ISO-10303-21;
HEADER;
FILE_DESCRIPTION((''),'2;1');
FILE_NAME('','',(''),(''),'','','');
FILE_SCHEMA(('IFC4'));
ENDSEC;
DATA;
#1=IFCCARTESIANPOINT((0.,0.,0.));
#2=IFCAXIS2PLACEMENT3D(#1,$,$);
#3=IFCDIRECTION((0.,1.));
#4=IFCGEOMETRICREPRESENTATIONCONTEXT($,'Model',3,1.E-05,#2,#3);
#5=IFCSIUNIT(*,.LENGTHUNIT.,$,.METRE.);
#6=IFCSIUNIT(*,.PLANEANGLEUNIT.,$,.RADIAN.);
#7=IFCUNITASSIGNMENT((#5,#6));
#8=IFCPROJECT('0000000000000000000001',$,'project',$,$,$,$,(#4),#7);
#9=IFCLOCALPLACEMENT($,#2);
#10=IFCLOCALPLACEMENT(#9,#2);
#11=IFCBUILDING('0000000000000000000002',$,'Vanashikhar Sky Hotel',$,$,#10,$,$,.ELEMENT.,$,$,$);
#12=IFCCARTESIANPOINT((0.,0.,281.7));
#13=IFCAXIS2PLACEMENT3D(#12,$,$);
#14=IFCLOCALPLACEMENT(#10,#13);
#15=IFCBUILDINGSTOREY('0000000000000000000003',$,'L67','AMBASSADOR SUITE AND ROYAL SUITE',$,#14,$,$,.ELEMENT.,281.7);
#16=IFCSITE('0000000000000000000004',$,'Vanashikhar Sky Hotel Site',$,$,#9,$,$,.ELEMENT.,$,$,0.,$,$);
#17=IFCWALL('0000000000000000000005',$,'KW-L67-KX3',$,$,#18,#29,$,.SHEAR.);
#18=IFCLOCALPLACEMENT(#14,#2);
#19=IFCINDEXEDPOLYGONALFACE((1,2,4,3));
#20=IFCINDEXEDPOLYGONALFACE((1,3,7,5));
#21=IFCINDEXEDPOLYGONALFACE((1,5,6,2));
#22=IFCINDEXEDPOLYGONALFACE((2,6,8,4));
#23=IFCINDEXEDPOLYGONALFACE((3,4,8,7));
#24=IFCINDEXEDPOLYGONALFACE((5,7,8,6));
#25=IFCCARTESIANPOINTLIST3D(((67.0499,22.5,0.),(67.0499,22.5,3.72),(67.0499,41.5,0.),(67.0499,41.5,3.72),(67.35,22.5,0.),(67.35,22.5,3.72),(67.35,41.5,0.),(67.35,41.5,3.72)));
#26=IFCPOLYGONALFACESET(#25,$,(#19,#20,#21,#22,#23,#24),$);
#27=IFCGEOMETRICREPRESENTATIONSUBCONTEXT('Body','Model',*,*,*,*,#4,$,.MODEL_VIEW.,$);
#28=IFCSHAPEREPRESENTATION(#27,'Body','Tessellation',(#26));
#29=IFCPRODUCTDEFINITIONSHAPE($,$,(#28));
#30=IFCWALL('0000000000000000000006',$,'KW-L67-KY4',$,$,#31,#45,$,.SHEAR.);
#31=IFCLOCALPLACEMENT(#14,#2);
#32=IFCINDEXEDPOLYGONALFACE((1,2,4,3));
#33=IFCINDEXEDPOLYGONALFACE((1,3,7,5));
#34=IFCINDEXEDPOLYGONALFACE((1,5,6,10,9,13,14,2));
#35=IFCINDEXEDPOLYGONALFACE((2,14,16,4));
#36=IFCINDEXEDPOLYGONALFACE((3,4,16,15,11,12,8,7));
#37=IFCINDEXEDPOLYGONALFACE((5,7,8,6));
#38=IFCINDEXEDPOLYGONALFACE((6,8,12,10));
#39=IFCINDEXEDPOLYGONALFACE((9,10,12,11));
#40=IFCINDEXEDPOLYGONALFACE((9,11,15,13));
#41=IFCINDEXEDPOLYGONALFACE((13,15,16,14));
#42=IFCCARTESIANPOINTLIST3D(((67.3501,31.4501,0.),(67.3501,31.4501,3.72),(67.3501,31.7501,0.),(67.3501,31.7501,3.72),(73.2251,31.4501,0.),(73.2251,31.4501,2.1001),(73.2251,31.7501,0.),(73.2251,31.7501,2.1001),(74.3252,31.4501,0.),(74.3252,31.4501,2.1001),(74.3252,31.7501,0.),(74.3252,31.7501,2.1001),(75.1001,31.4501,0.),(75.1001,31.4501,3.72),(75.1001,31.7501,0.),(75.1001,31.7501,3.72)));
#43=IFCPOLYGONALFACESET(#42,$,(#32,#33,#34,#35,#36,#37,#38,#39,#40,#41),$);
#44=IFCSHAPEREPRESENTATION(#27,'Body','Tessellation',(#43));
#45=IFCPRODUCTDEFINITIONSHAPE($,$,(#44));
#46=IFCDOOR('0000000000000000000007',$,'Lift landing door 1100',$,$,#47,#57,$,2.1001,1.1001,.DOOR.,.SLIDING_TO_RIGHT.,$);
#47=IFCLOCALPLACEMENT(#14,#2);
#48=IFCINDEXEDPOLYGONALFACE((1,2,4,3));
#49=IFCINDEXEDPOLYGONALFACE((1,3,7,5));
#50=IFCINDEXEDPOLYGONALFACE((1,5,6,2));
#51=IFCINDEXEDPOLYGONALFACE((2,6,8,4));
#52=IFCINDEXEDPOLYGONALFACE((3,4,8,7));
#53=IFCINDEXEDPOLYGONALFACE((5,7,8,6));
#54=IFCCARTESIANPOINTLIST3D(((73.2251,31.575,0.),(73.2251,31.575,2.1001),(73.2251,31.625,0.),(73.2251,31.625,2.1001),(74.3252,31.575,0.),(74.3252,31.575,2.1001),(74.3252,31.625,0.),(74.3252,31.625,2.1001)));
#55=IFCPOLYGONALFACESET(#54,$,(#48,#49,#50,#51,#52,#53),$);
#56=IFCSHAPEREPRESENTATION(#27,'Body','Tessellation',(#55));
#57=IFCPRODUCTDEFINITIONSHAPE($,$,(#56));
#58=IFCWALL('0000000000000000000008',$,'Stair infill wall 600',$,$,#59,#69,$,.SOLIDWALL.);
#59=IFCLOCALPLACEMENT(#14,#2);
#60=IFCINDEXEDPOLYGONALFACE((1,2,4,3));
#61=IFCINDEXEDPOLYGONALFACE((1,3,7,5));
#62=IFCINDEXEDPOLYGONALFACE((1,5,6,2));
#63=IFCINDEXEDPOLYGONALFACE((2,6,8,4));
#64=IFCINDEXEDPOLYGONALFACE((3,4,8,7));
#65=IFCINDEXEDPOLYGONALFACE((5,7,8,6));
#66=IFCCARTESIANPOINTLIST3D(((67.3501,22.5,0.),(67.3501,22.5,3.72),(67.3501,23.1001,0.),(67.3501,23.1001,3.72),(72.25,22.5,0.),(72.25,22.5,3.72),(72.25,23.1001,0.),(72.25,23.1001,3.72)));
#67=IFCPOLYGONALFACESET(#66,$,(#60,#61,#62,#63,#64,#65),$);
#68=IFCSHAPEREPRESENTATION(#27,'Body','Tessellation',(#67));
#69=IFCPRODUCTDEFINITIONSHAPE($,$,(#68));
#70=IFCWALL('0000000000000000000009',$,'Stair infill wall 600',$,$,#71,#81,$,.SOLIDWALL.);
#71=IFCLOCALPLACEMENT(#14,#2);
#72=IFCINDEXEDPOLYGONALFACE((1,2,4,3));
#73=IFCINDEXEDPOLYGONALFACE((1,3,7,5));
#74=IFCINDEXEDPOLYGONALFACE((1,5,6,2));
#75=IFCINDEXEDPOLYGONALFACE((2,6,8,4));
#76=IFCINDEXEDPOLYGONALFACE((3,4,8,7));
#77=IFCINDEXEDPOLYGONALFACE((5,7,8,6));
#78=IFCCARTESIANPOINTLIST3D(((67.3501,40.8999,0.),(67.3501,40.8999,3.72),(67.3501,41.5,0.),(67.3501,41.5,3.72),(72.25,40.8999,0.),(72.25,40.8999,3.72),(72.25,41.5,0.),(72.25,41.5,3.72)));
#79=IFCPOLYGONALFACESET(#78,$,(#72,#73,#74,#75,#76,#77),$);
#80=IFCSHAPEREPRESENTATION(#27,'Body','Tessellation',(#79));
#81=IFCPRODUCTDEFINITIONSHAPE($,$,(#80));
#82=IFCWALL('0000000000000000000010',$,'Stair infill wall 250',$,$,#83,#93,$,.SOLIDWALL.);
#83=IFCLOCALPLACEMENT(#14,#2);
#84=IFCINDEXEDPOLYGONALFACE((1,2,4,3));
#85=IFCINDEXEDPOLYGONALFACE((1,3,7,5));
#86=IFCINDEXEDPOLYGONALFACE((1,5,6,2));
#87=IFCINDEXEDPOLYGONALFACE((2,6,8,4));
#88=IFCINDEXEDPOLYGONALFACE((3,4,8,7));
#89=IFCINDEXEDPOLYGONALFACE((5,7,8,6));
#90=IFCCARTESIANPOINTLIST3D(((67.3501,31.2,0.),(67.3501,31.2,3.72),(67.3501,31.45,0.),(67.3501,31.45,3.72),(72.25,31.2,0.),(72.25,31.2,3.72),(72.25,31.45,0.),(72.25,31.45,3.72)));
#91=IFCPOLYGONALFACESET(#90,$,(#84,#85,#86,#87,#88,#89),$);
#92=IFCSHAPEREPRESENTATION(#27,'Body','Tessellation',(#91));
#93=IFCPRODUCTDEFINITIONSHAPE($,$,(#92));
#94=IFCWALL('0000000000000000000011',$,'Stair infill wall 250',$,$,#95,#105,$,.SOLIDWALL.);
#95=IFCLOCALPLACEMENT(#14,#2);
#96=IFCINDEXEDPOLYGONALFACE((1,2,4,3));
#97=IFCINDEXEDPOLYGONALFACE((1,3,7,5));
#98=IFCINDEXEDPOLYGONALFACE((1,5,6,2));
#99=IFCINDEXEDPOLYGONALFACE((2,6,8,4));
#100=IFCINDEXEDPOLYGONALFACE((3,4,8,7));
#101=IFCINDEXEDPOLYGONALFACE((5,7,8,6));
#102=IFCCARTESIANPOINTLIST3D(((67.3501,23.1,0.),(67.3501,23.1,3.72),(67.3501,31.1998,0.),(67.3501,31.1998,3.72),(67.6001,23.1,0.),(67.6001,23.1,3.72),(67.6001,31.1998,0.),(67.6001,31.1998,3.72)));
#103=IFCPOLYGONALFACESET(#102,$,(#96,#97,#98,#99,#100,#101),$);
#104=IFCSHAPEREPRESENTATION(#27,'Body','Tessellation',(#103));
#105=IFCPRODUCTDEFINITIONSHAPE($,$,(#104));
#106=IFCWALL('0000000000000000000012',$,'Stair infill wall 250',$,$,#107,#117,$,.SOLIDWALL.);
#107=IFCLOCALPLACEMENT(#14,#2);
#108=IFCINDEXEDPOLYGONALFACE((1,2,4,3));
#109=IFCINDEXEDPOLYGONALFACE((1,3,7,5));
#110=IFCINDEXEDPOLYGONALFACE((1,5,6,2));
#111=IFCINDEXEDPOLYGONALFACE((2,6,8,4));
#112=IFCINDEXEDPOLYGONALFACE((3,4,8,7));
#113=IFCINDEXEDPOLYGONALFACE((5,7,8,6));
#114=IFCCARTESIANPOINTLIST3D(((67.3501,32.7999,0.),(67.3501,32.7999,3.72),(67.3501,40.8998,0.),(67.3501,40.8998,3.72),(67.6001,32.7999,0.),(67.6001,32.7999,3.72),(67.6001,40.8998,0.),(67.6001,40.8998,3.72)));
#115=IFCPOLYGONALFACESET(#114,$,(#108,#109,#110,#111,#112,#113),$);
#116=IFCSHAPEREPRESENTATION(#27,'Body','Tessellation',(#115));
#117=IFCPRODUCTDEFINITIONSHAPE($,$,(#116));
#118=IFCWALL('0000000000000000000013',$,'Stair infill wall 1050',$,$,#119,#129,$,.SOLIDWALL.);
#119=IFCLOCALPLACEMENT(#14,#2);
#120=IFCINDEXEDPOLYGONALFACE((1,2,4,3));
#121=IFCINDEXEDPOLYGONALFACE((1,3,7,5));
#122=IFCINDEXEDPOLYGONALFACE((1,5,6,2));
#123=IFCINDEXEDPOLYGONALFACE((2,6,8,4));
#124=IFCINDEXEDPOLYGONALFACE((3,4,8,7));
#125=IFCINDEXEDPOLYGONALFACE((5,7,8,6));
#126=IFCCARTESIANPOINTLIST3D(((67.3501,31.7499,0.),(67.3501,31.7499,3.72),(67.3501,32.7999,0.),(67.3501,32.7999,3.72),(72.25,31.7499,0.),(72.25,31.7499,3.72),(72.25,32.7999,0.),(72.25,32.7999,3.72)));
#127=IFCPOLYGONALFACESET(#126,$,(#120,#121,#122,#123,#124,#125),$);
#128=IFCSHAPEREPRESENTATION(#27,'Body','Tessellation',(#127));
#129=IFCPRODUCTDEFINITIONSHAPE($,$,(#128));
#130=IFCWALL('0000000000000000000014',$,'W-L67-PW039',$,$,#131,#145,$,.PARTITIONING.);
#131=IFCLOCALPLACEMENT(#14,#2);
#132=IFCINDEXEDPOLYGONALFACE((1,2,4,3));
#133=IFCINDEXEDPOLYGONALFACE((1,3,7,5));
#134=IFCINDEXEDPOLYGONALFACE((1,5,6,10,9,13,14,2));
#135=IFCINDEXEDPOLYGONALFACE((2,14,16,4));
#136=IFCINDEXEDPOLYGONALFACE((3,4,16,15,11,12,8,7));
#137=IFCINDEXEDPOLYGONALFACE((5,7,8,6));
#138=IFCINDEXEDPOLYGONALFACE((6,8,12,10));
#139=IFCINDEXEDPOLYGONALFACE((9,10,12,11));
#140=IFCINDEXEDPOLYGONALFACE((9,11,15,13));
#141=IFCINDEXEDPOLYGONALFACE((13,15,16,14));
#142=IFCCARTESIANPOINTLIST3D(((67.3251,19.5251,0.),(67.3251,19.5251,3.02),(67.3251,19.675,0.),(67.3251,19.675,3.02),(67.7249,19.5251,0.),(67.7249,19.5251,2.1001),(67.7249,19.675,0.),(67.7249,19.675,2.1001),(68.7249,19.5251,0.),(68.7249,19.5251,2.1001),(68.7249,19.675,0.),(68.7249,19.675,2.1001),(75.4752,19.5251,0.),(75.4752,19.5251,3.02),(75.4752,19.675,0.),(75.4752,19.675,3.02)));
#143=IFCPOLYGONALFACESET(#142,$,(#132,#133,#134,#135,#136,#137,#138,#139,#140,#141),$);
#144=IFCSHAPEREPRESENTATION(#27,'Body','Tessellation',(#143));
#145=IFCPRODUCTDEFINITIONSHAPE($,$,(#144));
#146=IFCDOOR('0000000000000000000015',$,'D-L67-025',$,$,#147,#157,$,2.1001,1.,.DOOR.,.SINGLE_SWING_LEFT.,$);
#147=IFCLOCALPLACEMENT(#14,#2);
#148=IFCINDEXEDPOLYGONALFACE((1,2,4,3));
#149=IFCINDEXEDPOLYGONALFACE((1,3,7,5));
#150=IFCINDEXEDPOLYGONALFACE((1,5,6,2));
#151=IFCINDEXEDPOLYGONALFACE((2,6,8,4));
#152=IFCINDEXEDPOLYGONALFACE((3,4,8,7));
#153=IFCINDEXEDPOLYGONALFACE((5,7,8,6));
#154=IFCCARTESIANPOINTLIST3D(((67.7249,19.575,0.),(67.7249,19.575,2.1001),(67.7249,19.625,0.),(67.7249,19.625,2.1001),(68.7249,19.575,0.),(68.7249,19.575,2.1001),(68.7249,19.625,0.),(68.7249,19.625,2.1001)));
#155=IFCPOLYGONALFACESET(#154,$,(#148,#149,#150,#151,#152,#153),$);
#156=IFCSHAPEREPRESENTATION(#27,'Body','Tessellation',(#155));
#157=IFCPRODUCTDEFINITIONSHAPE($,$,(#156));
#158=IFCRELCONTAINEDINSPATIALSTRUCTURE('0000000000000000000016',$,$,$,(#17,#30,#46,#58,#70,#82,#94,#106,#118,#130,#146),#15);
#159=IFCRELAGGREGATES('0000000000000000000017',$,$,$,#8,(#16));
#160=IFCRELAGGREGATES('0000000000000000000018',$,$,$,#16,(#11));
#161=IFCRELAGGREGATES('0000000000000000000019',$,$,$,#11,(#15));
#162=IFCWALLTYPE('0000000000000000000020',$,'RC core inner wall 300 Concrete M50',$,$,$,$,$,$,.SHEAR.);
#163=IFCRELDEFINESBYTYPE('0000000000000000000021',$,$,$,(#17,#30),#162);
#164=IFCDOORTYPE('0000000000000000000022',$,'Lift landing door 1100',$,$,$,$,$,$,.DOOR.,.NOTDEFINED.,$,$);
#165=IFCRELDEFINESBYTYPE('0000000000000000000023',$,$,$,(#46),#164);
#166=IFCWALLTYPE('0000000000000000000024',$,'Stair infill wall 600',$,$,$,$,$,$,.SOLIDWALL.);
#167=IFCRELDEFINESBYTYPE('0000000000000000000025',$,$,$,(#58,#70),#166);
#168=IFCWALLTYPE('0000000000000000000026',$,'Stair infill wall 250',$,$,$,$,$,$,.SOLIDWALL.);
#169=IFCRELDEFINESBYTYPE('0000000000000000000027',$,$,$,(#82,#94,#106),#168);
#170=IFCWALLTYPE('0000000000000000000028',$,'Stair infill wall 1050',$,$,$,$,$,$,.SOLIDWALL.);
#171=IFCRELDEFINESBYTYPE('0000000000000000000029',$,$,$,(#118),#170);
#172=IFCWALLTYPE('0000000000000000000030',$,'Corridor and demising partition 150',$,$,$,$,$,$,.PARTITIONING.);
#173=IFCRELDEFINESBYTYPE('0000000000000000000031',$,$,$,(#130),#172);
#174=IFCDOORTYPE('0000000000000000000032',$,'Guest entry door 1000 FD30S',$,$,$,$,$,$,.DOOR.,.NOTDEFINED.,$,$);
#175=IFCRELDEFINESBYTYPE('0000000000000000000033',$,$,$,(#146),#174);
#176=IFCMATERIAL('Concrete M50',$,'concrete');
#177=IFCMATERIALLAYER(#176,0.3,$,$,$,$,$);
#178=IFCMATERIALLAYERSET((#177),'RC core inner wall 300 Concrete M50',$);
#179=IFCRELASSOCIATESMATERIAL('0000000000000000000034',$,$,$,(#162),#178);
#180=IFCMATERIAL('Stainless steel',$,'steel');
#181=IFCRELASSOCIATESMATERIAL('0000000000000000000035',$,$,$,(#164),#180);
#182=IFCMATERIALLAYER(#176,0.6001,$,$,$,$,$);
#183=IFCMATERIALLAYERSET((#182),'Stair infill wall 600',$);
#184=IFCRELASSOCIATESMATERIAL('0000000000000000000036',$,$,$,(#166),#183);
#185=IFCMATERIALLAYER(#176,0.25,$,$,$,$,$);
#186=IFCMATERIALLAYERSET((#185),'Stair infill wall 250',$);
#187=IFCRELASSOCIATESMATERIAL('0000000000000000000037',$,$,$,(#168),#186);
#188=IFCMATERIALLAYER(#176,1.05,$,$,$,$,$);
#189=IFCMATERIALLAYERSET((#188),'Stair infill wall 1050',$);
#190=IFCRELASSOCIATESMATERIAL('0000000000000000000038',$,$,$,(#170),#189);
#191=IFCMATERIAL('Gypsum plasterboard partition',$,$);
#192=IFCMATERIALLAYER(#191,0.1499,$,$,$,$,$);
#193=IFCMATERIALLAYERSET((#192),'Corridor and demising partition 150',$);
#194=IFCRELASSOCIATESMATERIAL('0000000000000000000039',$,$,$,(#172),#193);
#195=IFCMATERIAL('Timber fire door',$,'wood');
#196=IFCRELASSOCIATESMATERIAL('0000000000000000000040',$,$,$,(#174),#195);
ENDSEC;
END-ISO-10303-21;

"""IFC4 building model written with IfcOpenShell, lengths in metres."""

from ifc_helpers import new_model, si_unit, direction, frame, frame_2d, origin, place, context, subcontext, project, spatial, rectangle, extrude, source, transform, mapped, material, layer, layer_set, type_object, element, fill, save


model = new_model("IFC4")

# Units and contexts
model_context = context("Model", 3, precision=1e-05, world=origin(), true_north=direction((0.0, 1.0)))
body_context = subcontext(model_context, "Body", "Model", "MODEL_VIEW")
ifc_project = project(units=[si_unit("LENGTHUNIT", "METRE"), si_unit("PLANEANGLEUNIT", "RADIAN")], contexts=[model_context])

# Site, building, storey
site_placement = place(None, origin())
site = spatial("IfcSite", under=ifc_project, at=site_placement, Name="Vanashikhar Sky Hotel Site", CompositionType="ELEMENT", RefElevation=0.0)
building_placement = place(site_placement, origin())
building = spatial("IfcBuilding", under=site, at=building_placement, Name="Vanashikhar Sky Hotel", CompositionType="ELEMENT")
storey_placement = place(building_placement, frame((0.0, 0.0, 281.7)))
storey = spatial("IfcBuildingStorey", under=building, at=storey_placement, Name="L67", Description="AMBASSADOR SUITE AND ROYAL SUITE", CompositionType="ELEMENT", Elevation=281.7)

# Wall
ifc_material_1 = material(Name="Concrete M50", Category="concrete")
ifc_layer_1 = layer(ifc_material_1, 0.3)
ifc_layer_set_1 = layer_set([ifc_layer_1], Name="RC core inner wall 300 Concrete M50")
wall_type_1 = type_object("IfcWallType", Name="RC core inner wall 300 Concrete M50", PredefinedType="SHEAR", material=ifc_layer_set_1)
shared_shape_1 = source(origin(), body_context, "Body", "SweptSolid", [
    extrude(rectangle(XDim=19.0, YDim=0.3, at=frame_2d((9.5, 0.0))), origin(), (0.0, 0.0, 1.0), 3.72),
])
wall_1_placement = place(storey_placement, frame((67.2, 22.5, 0.0), z_axis=(0.0, 0.0, 1.0), x_axis=(0.0, 1.0, 0.0)))
element("IfcWall", 1, at=wall_1_placement, inside=storey, type_object=wall_type_1, Name="KW-L67-KX3", PredefinedType="SHEAR", context=body_context, shape_type="MappedRepresentation", body=[
    mapped(shared_shape_1, transform((0.0, 0.0, 0.0), scale=1.0)),
])

# Wall, opening, door
shared_shape_2 = source(origin(), body_context, "Body", "SweptSolid", [
    extrude(rectangle(XDim=7.75, YDim=0.3, at=frame_2d((3.875, 0.0))), origin(), (0.0, 0.0, 1.0), 3.72),
])
wall_2_placement = place(storey_placement, frame((67.3501, 31.6001, 0.0), z_axis=(0.0, 0.0, 1.0), x_axis=(1.0, 0.0, 0.0)))
wall_2 = element("IfcWall", 2, at=wall_2_placement, inside=storey, type_object=wall_type_1, Name="KW-L67-KY4", PredefinedType="SHEAR", context=body_context, shape_type="MappedRepresentation", body=[
    mapped(shared_shape_2, transform((0.0, 0.0, 0.0), scale=1.0)),
])
shared_shape_3 = source(origin(), body_context, "Body", "SweptSolid", [
    extrude(rectangle(XDim=1.1001, YDim=2.1001, at=frame_2d((0.55, 1.05))), frame((0.0, 0.1602, 0.0), z_axis=(0.0, -1.0, 0.0), x_axis=(1.0, 0.0, 0.0)), (0.0, 0.0, 1.0), 0.3201),
])
opening_1_placement = place(wall_2_placement, frame((5.875, 0.0, 0.0)))
opening_1 = element("IfcOpeningElement", 3, at=opening_1_placement, cuts=wall_2, PredefinedType="OPENING", context=body_context, shape_type="MappedRepresentation", body=[
    mapped(shared_shape_3, transform((0.0, 0.0, 0.0), scale=1.0)),
])
ifc_material_2 = material(Name="Stainless steel", Category="steel")
door_type_1 = type_object("IfcDoorType", Name="Lift landing door 1100", OperationType="NOTDEFINED", PredefinedType="DOOR", material=ifc_material_2)
shared_shape_4 = source(origin(), body_context, "Body", "SweptSolid", [
    extrude(rectangle(XDim=1.1001, YDim=2.1001, at=frame_2d((0.55, 1.05))), frame((0.0, 0.0249, 0.0), z_axis=(0.0, -1.0, 0.0), x_axis=(1.0, 0.0, 0.0)), (0.0, 0.0, 1.0), 0.05),
])
door_1_placement = place(opening_1_placement, origin())
door_1 = element("IfcDoor", 4, at=door_1_placement, inside=storey, type_object=door_type_1, Name="Lift landing door 1100", OperationType="SLIDING_TO_RIGHT", OverallHeight=2.1001, OverallWidth=1.1001, PredefinedType="DOOR", context=body_context, shape_type="MappedRepresentation", body=[
    mapped(shared_shape_4, transform((0.0, 0.0, 0.0), scale=1.0)),
])
fill(opening_1, door_1)

# Walls
ifc_layer_2 = layer(ifc_material_1, 0.6001)
ifc_layer_set_2 = layer_set([ifc_layer_2], Name="Stair infill wall 600")
wall_type_2 = type_object("IfcWallType", Name="Stair infill wall 600", PredefinedType="SOLIDWALL", material=ifc_layer_set_2)
shared_shape_5 = source(origin(), body_context, "Body", "SweptSolid", [
    extrude(rectangle(XDim=4.8999, YDim=0.6001, at=frame_2d((2.45, 0.0))), origin(), (0.0, 0.0, 1.0), 3.72),
])
for number, where, z_axis, x_axis, name in (
    (5, (67.3501, 22.8, 0.0), (0.0, 0.0, 1.0), (1.0, 0.0, 0.0), "Stair infill wall 600"),
    (6, (67.3501, 41.2, 0.0), (0.0, 0.0, 1.0), (1.0, 0.0, 0.0), "Stair infill wall 600"),
):
    element("IfcWall", number, at=place(storey_placement, frame(where, z_axis=z_axis, x_axis=x_axis)), inside=storey, type_object=wall_type_2, Name=name, PredefinedType="SOLIDWALL", context=body_context, shape_type="MappedRepresentation", body=[
        mapped(shared_shape_5, transform((0.0, 0.0, 0.0), scale=1.0)),
    ])
ifc_layer_3 = layer(ifc_material_1, 0.25)
ifc_layer_set_3 = layer_set([ifc_layer_3], Name="Stair infill wall 250")
wall_type_3 = type_object("IfcWallType", Name="Stair infill wall 250", PredefinedType="SOLIDWALL", material=ifc_layer_set_3)
shared_shape_6 = source(origin(), body_context, "Body", "SweptSolid", [
    extrude(rectangle(XDim=4.8999, YDim=0.25, at=frame_2d((2.45, 0.0))), origin(), (0.0, 0.0, 1.0), 3.72),
])
wall_3_placement = place(storey_placement, frame((67.3501, 31.325, 0.0), z_axis=(0.0, 0.0, 1.0), x_axis=(1.0, 0.0, 0.0)))
element("IfcWall", 7, at=wall_3_placement, inside=storey, type_object=wall_type_3, Name="Stair infill wall 250", PredefinedType="SOLIDWALL", context=body_context, shape_type="MappedRepresentation", body=[
    mapped(shared_shape_6, transform((0.0, 0.0, 0.0), scale=1.0)),
])
shared_shape_7 = source(origin(), body_context, "Body", "SweptSolid", [
    extrude(rectangle(XDim=8.0999, YDim=0.25, at=frame_2d((4.0498, 0.0))), origin(), (0.0, 0.0, 1.0), 3.72),
])
for number, where, z_axis, x_axis, name in (
    (8, (67.4751, 23.1001, 0.0), (0.0, 0.0, 1.0), (0.0, 1.0, 0.0), "Stair infill wall 250"),
    (9, (67.4751, 32.8, 0.0), (0.0, 0.0, 1.0), (0.0, 1.0, 0.0), "Stair infill wall 250"),
):
    element("IfcWall", number, at=place(storey_placement, frame(where, z_axis=z_axis, x_axis=x_axis)), inside=storey, type_object=wall_type_3, Name=name, PredefinedType="SOLIDWALL", context=body_context, shape_type="MappedRepresentation", body=[
        mapped(shared_shape_7, transform((0.0, 0.0, 0.0), scale=1.0)),
    ])
ifc_layer_4 = layer(ifc_material_1, 1.05)
ifc_layer_set_4 = layer_set([ifc_layer_4], Name="Stair infill wall 1050")
wall_type_4 = type_object("IfcWallType", Name="Stair infill wall 1050", PredefinedType="SOLIDWALL", material=ifc_layer_set_4)
shared_shape_8 = source(origin(), body_context, "Body", "SweptSolid", [
    extrude(rectangle(XDim=4.8999, YDim=1.05, at=frame_2d((2.45, 0.0))), origin(), (0.0, 0.0, 1.0), 3.72),
])
wall_4_placement = place(storey_placement, frame((67.3501, 32.2749, 0.0), z_axis=(0.0, 0.0, 1.0), x_axis=(1.0, 0.0, 0.0)))
element("IfcWall", 10, at=wall_4_placement, inside=storey, type_object=wall_type_4, Name="Stair infill wall 1050", PredefinedType="SOLIDWALL", context=body_context, shape_type="MappedRepresentation", body=[
    mapped(shared_shape_8, transform((0.0, 0.0, 0.0), scale=1.0)),
])

# Wall, opening, door
ifc_material_3 = material(Name="Gypsum plasterboard partition")
ifc_layer_5 = layer(ifc_material_3, 0.1499)
ifc_layer_set_5 = layer_set([ifc_layer_5], Name="Corridor and demising partition 150")
wall_type_5 = type_object("IfcWallType", Name="Corridor and demising partition 150", PredefinedType="PARTITIONING", material=ifc_layer_set_5)
shared_shape_9 = source(origin(), body_context, "Body", "SweptSolid", [
    extrude(rectangle(XDim=8.1501, YDim=0.1499, at=frame_2d((4.0752, 0.0))), origin(), (0.0, 0.0, 1.0), 3.02),
])
wall_5_placement = place(storey_placement, frame((67.325, 19.6001, 0.0), z_axis=(0.0, 0.0, 1.0), x_axis=(1.0, 0.0, 0.0)))
wall_5 = element("IfcWall", 11, at=wall_5_placement, inside=storey, type_object=wall_type_5, Name="W-L67-PW039", PredefinedType="PARTITIONING", context=body_context, shape_type="MappedRepresentation", body=[
    mapped(shared_shape_9, transform((0.0, 0.0, 0.0), scale=1.0)),
])
shared_shape_10 = source(origin(), body_context, "Body", "SweptSolid", [
    extrude(rectangle(XDim=1.0, YDim=2.1001, at=frame_2d((0.5, 1.05))), frame((0.0, 0.085, 0.0), z_axis=(0.0, -1.0, 0.0), x_axis=(1.0, 0.0, 0.0)), (0.0, 0.0, 1.0), 0.1699),
])
opening_2_placement = place(wall_5_placement, frame((0.3999, 0.0, 0.0)))
opening_2 = element("IfcOpeningElement", 12, at=opening_2_placement, cuts=wall_5, PredefinedType="OPENING", context=body_context, shape_type="MappedRepresentation", body=[
    mapped(shared_shape_10, transform((0.0, 0.0, 0.0), scale=1.0)),
])
ifc_material_4 = material(Name="Timber fire door", Category="wood")
door_type_2 = type_object("IfcDoorType", Name="Guest entry door 1000 FD30S", OperationType="NOTDEFINED", PredefinedType="DOOR", material=ifc_material_4)
shared_shape_11 = source(origin(), body_context, "Body", "SweptSolid", [
    extrude(rectangle(XDim=1.0, YDim=2.1001, at=frame_2d((0.5, 1.05))), frame((0.0, 0.0249, 0.0), z_axis=(0.0, -1.0, 0.0), x_axis=(1.0, 0.0, 0.0)), (0.0, 0.0, 1.0), 0.05),
])
door_2_placement = place(opening_2_placement, origin())
door_2 = element("IfcDoor", 13, at=door_2_placement, inside=storey, type_object=door_type_2, Name="D-L67-025", OperationType="SINGLE_SWING_LEFT", OverallHeight=2.1001, OverallWidth=1.0, PredefinedType="DOOR", context=body_context, shape_type="MappedRepresentation", body=[
    mapped(shared_shape_11, transform((0.0, 0.0, 0.0), scale=1.0)),
])
fill(opening_2, door_2)

save(model, "model.ifc")
